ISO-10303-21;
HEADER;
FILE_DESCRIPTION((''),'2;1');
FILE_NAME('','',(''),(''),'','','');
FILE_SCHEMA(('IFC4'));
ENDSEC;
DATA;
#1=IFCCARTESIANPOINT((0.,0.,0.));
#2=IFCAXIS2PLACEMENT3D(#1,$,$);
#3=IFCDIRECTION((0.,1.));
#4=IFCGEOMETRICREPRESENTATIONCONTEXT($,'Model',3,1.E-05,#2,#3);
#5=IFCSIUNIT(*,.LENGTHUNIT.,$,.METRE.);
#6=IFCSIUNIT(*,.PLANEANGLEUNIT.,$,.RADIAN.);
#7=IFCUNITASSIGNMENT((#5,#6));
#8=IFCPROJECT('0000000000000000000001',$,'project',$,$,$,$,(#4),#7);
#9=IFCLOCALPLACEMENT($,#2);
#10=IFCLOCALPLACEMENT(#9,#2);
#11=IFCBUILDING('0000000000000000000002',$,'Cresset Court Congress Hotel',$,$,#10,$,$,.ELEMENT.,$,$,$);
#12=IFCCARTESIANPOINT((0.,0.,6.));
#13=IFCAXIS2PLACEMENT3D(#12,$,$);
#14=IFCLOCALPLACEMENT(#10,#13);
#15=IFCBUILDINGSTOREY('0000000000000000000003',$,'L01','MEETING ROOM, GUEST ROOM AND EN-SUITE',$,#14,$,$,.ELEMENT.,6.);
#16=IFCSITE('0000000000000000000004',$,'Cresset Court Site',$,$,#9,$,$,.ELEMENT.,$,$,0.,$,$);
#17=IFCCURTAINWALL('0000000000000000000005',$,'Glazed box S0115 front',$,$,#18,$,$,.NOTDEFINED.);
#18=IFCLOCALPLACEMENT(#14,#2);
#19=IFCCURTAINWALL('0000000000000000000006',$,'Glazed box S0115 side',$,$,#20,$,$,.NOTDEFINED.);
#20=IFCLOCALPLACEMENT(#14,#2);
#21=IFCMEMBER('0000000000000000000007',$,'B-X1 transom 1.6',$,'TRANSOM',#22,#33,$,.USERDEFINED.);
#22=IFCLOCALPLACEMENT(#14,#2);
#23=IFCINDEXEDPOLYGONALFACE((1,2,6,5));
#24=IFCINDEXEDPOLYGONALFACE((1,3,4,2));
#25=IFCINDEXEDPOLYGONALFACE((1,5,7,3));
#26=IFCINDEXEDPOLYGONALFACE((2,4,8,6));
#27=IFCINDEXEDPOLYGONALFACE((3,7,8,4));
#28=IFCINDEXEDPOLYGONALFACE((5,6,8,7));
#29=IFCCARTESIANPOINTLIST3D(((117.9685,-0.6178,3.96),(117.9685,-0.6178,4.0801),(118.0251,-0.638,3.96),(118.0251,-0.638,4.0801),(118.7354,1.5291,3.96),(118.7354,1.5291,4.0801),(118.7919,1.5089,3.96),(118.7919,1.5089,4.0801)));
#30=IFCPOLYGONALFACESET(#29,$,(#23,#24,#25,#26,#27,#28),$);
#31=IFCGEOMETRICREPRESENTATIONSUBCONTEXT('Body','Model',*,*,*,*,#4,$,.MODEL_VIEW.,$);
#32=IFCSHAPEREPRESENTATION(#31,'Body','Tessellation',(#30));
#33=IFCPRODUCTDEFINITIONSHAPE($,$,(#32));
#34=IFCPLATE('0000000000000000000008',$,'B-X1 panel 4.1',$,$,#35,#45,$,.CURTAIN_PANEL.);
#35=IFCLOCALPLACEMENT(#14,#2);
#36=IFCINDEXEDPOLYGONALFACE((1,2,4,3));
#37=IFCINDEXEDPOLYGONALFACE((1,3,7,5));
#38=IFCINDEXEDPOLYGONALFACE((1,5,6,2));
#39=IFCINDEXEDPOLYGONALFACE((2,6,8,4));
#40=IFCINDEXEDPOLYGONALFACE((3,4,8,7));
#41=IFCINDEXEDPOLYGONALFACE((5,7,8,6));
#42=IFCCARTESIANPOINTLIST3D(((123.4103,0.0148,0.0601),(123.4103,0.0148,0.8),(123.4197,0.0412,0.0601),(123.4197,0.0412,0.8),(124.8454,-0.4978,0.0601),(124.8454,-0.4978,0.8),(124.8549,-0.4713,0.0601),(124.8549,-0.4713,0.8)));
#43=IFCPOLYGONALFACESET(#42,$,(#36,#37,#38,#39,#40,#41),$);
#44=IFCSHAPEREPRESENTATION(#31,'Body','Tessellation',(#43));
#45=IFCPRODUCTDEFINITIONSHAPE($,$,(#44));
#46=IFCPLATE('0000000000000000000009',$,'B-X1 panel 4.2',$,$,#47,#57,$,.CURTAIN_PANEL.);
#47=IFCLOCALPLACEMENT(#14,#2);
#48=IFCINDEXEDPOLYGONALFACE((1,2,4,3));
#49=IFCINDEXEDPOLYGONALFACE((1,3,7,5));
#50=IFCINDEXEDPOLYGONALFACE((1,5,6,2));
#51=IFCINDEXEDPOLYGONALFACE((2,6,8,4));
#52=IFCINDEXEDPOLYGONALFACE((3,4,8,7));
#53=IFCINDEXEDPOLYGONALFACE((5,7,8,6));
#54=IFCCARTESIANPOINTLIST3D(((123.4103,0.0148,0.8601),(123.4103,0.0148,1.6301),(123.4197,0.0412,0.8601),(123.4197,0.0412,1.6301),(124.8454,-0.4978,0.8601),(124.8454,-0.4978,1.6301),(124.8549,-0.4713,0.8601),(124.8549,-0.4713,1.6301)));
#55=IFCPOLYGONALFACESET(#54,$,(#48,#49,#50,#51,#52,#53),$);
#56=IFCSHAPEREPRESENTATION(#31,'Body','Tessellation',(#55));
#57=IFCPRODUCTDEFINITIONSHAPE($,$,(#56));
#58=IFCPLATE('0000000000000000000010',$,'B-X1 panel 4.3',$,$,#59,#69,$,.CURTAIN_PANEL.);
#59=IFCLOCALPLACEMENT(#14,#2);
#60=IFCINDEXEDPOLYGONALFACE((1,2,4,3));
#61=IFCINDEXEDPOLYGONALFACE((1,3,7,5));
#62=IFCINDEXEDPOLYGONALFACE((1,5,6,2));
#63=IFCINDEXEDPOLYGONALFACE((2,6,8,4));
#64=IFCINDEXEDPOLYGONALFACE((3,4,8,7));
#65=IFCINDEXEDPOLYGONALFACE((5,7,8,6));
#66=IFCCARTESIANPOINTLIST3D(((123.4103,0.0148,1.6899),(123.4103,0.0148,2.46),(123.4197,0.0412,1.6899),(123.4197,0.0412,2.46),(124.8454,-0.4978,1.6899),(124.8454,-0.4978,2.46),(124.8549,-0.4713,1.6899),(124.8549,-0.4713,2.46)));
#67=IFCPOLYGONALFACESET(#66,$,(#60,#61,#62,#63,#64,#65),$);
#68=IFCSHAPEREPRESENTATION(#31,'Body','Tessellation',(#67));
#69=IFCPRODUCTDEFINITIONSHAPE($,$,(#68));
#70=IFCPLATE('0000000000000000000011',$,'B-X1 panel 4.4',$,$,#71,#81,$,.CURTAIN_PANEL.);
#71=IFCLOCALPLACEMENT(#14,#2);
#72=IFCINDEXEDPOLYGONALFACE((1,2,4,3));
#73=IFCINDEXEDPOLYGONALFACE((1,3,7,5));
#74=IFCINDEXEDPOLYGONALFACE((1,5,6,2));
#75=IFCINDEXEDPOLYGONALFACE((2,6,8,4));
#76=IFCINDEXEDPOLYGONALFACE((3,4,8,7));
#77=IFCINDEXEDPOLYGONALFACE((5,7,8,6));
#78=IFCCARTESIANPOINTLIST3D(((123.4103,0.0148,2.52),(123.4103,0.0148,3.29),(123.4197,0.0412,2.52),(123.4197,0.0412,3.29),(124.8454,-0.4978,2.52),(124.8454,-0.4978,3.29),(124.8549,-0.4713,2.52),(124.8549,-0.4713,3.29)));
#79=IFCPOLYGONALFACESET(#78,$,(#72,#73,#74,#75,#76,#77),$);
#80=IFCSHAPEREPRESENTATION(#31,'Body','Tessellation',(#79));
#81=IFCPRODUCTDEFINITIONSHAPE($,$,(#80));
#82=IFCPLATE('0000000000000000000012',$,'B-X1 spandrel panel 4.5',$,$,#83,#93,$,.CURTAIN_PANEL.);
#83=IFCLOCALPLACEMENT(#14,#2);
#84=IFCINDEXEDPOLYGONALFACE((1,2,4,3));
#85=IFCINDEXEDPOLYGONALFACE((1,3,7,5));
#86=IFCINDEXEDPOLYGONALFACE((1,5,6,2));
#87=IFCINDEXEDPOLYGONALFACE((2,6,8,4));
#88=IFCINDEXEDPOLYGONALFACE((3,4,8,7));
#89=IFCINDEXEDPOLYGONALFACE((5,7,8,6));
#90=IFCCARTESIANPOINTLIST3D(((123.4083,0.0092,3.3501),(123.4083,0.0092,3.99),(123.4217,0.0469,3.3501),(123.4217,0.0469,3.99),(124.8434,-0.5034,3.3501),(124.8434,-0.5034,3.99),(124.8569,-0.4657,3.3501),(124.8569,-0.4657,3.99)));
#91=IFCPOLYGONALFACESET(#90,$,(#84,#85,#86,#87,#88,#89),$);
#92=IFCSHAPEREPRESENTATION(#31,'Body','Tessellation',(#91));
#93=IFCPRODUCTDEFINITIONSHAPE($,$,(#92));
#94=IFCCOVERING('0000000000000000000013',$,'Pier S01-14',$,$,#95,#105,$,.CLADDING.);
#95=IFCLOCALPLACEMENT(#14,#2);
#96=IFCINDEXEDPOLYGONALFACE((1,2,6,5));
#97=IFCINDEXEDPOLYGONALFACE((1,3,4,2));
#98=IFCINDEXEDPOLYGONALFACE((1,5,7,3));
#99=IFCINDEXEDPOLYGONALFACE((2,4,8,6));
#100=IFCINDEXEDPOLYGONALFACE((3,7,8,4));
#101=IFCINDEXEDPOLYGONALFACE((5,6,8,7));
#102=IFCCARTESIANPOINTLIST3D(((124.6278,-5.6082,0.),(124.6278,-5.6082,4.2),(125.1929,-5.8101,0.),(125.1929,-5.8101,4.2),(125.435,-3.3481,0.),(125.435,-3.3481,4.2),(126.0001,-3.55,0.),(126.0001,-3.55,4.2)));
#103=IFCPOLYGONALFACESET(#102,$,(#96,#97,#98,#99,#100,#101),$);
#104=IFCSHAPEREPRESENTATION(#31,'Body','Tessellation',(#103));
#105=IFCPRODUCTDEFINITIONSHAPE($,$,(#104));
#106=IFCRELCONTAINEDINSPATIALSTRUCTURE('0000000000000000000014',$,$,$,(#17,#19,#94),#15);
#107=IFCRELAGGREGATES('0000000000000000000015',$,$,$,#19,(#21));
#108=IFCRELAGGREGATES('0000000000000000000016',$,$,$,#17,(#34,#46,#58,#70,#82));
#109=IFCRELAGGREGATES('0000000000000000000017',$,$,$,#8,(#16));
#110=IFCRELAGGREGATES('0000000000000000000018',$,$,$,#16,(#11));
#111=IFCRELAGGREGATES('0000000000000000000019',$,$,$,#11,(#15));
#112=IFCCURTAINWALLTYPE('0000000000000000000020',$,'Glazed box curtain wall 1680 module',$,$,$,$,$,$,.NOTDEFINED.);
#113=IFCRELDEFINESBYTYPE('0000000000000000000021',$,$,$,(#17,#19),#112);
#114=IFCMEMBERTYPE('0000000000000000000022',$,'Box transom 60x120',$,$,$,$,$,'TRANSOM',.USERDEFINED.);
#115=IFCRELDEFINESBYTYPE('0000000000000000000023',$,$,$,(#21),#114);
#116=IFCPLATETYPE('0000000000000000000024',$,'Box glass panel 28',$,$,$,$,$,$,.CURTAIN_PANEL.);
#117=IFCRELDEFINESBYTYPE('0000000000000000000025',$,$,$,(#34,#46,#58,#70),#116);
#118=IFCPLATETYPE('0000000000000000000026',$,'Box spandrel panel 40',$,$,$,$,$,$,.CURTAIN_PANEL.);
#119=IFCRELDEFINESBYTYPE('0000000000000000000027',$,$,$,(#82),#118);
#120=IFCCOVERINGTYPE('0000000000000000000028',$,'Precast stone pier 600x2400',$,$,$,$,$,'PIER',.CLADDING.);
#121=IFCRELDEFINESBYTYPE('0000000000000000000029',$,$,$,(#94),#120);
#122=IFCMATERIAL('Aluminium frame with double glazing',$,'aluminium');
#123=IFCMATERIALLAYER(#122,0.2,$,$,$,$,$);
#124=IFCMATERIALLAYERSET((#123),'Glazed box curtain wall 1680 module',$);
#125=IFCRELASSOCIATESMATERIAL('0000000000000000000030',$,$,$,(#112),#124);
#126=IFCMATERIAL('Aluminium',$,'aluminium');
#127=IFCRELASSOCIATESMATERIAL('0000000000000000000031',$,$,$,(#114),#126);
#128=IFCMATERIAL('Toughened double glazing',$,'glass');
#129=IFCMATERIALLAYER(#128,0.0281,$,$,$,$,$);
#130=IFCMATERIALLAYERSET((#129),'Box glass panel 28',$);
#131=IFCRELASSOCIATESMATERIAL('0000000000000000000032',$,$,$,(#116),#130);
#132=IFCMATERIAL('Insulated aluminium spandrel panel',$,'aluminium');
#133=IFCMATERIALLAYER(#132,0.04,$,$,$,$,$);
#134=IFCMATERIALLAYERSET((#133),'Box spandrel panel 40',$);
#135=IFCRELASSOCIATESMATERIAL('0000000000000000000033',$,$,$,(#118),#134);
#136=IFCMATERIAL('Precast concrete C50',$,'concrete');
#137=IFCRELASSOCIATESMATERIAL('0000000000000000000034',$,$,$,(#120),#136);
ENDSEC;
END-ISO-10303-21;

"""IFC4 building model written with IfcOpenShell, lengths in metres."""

from ifc_helpers import new_model, si_unit, direction, frame, origin, origin_2d, place, context, subcontext, project, spatial, rectangle, extrude, material, layer, layer_set, material_profile, profile_set, type_object, element, aggregate, save


model = new_model("IFC4")

# Units and contexts
model_context = context("Model", 3, precision=1e-05, world=origin(), true_north=direction((0.0, 1.0)))
body_context = subcontext(model_context, "Body", "Model", "MODEL_VIEW")
ifc_project = project(units=[si_unit("LENGTHUNIT", "METRE"), si_unit("PLANEANGLEUNIT", "RADIAN")], contexts=[model_context])

# Site, building, storey
site_placement = place(None, origin())
site = spatial("IfcSite", under=ifc_project, at=site_placement, Name="Cresset Court Site", CompositionType="ELEMENT", RefElevation=0.0)
building_placement = place(site_placement, origin())
building = spatial("IfcBuilding", under=site, at=building_placement, Name="Cresset Court Congress Hotel", CompositionType="ELEMENT")
storey_placement = place(building_placement, frame((0.0, 0.0, 6.0)))
storey = spatial("IfcBuildingStorey", under=building, at=storey_placement, Name="L01", Description="MEETING ROOM, GUEST ROOM AND EN-SUITE", CompositionType="ELEMENT", Elevation=6.0)

# Curtain walls, member
ifc_material_1 = material(Name="Aluminium frame with double glazing", Category="aluminium")
ifc_layer_1 = layer(ifc_material_1, 0.2)
ifc_layer_set_1 = layer_set([ifc_layer_1], Name="Glazed box curtain wall 1680 module")
curtain_wall_type = type_object("IfcCurtainWallType", Name="Glazed box curtain wall 1680 module", PredefinedType="NOTDEFINED", material=ifc_layer_set_1)
curtain_wall_1_placement = place(storey_placement, origin())
curtain_wall_1 = element("IfcCurtainWall", 1, at=curtain_wall_1_placement, inside=storey, type_object=curtain_wall_type, Name="Glazed box S0115 front", PredefinedType="NOTDEFINED")
ifc_material_2 = material(Name="Aluminium", Category="aluminium")
ifc_material_profile_1 = material_profile(ifc_material_2, rectangle(XDim=0.0601, YDim=0.1201, at=origin_2d()), Name="Box transom 60x120")
ifc_profile_set_1 = profile_set([ifc_material_profile_1], Name="Aluminium")
member_type_1 = type_object("IfcMemberType", Name="Box transom 60x120", ElementType="TRANSOM", PredefinedType="USERDEFINED", material=ifc_profile_set_1)
curtain_wall_2_placement = place(storey_placement, origin())
curtain_wall_2 = element("IfcCurtainWall", 2, at=curtain_wall_2_placement, inside=storey, type_object=curtain_wall_type, Name="Glazed box S0115 side", PredefinedType="NOTDEFINED")
member_1_placement = place(storey_placement, frame((117.9968, -0.6279, 4.02), z_axis=(0.336364, 0.941732, 0.0), x_axis=(-0.941732, 0.336364, 0.0)))
member_1 = element("IfcMember", 3, at=member_1_placement, type_object=member_type_1, Name="B-X1 transom 1.6", ObjectType="TRANSOM", PredefinedType="USERDEFINED", context=body_context, shape_type="SweptSolid", body=[
    extrude(rectangle(XDim=0.0601, YDim=0.1201, at=origin_2d()), origin(), (0.0, 0.0, 1.0), 2.2798),
])
aggregate(curtain_wall_2, [member_1])

# Plates
ifc_material_3 = material(Name="Toughened double glazing", Category="glass")
ifc_layer_2 = layer(ifc_material_3, 0.0281)
ifc_layer_set_2 = layer_set([ifc_layer_2], Name="Box glass panel 28")
plate_type_1 = type_object("IfcPlateType", Name="Box glass panel 28", PredefinedType="CURTAIN_PANEL", material=ifc_layer_set_2)
plate_1_placement = place(storey_placement, frame((124.1326, -0.2283, 0.0601), z_axis=(0.0, 0.0, 1.0), x_axis=(0.941742, -0.336336, 0.0)))
plate_1 = element("IfcPlate", 4, at=plate_1_placement, type_object=plate_type_1, Name="B-X1 panel 4.1", PredefinedType="CURTAIN_PANEL", context=body_context, shape_type="SweptSolid", body=[
    extrude(rectangle(XDim=1.5239, YDim=0.0281, at=origin_2d()), origin(), (0.0, 0.0, 1.0), 0.74),
])
plate_2_placement = place(storey_placement, frame((124.1326, -0.2283, 0.8601), z_axis=(0.0, 0.0, 1.0), x_axis=(0.941742, -0.336336, 0.0)))
plate_2 = element("IfcPlate", 5, at=plate_2_placement, type_object=plate_type_1, Name="B-X1 panel 4.2", PredefinedType="CURTAIN_PANEL", context=body_context, shape_type="SweptSolid", body=[
    extrude(rectangle(XDim=1.5239, YDim=0.0281, at=origin_2d()), origin(), (0.0, 0.0, 1.0), 0.77),
])
plate_3_placement = place(storey_placement, frame((124.1326, -0.2283, 1.6899), z_axis=(0.0, 0.0, 1.0), x_axis=(0.941742, -0.336336, 0.0)))
plate_3 = element("IfcPlate", 6, at=plate_3_placement, type_object=plate_type_1, Name="B-X1 panel 4.3", PredefinedType="CURTAIN_PANEL", context=body_context, shape_type="SweptSolid", body=[
    extrude(rectangle(XDim=1.5239, YDim=0.0281, at=origin_2d()), origin(), (0.0, 0.0, 1.0), 0.77),
])
plate_4_placement = place(storey_placement, frame((124.1326, -0.2283, 2.52), z_axis=(0.0, 0.0, 1.0), x_axis=(0.941742, -0.336336, 0.0)))
plate_4 = element("IfcPlate", 7, at=plate_4_placement, type_object=plate_type_1, Name="B-X1 panel 4.4", PredefinedType="CURTAIN_PANEL", context=body_context, shape_type="SweptSolid", body=[
    extrude(rectangle(XDim=1.5239, YDim=0.0281, at=origin_2d()), origin(), (0.0, 0.0, 1.0), 0.77),
])
ifc_material_4 = material(Name="Insulated aluminium spandrel panel", Category="aluminium")
ifc_layer_3 = layer(ifc_material_4, 0.04)
ifc_layer_set_3 = layer_set([ifc_layer_3], Name="Box spandrel panel 40")
plate_type_2 = type_object("IfcPlateType", Name="Box spandrel panel 40", PredefinedType="CURTAIN_PANEL", material=ifc_layer_set_3)
plate_5_placement = place(storey_placement, frame((124.1326, -0.2283, 3.3501), z_axis=(0.0, 0.0, 1.0), x_axis=(0.941742, -0.336336, 0.0)))
plate_5 = element("IfcPlate", 8, at=plate_5_placement, type_object=plate_type_2, Name="B-X1 spandrel panel 4.5", PredefinedType="CURTAIN_PANEL", context=body_context, shape_type="SweptSolid", body=[
    extrude(rectangle(XDim=1.5239, YDim=0.04, at=origin_2d()), origin(), (0.0, 0.0, 1.0), 0.6399),
])
aggregate(curtain_wall_1, [plate_1, plate_2, plate_3, plate_4, plate_5])

# Covering
ifc_material_5 = material(Name="Precast concrete C50", Category="concrete")
covering_type = type_object("IfcCoveringType", Name="Precast stone pier 600x2400", ElementType="PIER", PredefinedType="CLADDING", material=ifc_material_5)
covering_placement = place(storey_placement, frame((125.314, -4.5791, 0.0), z_axis=(0.0, 0.0, 1.0), x_axis=(0.941742, -0.336336, 0.0)))
element("IfcCovering", 9, at=covering_placement, inside=storey, type_object=covering_type, Name="Pier S01-14", PredefinedType="CLADDING", context=body_context, shape_type="SweptSolid", body=[
    extrude(rectangle(XDim=0.6001, YDim=2.3999, at=origin_2d()), origin(), (0.0, 0.0, 1.0), 4.2),
])

save(model, "model.ifc")
